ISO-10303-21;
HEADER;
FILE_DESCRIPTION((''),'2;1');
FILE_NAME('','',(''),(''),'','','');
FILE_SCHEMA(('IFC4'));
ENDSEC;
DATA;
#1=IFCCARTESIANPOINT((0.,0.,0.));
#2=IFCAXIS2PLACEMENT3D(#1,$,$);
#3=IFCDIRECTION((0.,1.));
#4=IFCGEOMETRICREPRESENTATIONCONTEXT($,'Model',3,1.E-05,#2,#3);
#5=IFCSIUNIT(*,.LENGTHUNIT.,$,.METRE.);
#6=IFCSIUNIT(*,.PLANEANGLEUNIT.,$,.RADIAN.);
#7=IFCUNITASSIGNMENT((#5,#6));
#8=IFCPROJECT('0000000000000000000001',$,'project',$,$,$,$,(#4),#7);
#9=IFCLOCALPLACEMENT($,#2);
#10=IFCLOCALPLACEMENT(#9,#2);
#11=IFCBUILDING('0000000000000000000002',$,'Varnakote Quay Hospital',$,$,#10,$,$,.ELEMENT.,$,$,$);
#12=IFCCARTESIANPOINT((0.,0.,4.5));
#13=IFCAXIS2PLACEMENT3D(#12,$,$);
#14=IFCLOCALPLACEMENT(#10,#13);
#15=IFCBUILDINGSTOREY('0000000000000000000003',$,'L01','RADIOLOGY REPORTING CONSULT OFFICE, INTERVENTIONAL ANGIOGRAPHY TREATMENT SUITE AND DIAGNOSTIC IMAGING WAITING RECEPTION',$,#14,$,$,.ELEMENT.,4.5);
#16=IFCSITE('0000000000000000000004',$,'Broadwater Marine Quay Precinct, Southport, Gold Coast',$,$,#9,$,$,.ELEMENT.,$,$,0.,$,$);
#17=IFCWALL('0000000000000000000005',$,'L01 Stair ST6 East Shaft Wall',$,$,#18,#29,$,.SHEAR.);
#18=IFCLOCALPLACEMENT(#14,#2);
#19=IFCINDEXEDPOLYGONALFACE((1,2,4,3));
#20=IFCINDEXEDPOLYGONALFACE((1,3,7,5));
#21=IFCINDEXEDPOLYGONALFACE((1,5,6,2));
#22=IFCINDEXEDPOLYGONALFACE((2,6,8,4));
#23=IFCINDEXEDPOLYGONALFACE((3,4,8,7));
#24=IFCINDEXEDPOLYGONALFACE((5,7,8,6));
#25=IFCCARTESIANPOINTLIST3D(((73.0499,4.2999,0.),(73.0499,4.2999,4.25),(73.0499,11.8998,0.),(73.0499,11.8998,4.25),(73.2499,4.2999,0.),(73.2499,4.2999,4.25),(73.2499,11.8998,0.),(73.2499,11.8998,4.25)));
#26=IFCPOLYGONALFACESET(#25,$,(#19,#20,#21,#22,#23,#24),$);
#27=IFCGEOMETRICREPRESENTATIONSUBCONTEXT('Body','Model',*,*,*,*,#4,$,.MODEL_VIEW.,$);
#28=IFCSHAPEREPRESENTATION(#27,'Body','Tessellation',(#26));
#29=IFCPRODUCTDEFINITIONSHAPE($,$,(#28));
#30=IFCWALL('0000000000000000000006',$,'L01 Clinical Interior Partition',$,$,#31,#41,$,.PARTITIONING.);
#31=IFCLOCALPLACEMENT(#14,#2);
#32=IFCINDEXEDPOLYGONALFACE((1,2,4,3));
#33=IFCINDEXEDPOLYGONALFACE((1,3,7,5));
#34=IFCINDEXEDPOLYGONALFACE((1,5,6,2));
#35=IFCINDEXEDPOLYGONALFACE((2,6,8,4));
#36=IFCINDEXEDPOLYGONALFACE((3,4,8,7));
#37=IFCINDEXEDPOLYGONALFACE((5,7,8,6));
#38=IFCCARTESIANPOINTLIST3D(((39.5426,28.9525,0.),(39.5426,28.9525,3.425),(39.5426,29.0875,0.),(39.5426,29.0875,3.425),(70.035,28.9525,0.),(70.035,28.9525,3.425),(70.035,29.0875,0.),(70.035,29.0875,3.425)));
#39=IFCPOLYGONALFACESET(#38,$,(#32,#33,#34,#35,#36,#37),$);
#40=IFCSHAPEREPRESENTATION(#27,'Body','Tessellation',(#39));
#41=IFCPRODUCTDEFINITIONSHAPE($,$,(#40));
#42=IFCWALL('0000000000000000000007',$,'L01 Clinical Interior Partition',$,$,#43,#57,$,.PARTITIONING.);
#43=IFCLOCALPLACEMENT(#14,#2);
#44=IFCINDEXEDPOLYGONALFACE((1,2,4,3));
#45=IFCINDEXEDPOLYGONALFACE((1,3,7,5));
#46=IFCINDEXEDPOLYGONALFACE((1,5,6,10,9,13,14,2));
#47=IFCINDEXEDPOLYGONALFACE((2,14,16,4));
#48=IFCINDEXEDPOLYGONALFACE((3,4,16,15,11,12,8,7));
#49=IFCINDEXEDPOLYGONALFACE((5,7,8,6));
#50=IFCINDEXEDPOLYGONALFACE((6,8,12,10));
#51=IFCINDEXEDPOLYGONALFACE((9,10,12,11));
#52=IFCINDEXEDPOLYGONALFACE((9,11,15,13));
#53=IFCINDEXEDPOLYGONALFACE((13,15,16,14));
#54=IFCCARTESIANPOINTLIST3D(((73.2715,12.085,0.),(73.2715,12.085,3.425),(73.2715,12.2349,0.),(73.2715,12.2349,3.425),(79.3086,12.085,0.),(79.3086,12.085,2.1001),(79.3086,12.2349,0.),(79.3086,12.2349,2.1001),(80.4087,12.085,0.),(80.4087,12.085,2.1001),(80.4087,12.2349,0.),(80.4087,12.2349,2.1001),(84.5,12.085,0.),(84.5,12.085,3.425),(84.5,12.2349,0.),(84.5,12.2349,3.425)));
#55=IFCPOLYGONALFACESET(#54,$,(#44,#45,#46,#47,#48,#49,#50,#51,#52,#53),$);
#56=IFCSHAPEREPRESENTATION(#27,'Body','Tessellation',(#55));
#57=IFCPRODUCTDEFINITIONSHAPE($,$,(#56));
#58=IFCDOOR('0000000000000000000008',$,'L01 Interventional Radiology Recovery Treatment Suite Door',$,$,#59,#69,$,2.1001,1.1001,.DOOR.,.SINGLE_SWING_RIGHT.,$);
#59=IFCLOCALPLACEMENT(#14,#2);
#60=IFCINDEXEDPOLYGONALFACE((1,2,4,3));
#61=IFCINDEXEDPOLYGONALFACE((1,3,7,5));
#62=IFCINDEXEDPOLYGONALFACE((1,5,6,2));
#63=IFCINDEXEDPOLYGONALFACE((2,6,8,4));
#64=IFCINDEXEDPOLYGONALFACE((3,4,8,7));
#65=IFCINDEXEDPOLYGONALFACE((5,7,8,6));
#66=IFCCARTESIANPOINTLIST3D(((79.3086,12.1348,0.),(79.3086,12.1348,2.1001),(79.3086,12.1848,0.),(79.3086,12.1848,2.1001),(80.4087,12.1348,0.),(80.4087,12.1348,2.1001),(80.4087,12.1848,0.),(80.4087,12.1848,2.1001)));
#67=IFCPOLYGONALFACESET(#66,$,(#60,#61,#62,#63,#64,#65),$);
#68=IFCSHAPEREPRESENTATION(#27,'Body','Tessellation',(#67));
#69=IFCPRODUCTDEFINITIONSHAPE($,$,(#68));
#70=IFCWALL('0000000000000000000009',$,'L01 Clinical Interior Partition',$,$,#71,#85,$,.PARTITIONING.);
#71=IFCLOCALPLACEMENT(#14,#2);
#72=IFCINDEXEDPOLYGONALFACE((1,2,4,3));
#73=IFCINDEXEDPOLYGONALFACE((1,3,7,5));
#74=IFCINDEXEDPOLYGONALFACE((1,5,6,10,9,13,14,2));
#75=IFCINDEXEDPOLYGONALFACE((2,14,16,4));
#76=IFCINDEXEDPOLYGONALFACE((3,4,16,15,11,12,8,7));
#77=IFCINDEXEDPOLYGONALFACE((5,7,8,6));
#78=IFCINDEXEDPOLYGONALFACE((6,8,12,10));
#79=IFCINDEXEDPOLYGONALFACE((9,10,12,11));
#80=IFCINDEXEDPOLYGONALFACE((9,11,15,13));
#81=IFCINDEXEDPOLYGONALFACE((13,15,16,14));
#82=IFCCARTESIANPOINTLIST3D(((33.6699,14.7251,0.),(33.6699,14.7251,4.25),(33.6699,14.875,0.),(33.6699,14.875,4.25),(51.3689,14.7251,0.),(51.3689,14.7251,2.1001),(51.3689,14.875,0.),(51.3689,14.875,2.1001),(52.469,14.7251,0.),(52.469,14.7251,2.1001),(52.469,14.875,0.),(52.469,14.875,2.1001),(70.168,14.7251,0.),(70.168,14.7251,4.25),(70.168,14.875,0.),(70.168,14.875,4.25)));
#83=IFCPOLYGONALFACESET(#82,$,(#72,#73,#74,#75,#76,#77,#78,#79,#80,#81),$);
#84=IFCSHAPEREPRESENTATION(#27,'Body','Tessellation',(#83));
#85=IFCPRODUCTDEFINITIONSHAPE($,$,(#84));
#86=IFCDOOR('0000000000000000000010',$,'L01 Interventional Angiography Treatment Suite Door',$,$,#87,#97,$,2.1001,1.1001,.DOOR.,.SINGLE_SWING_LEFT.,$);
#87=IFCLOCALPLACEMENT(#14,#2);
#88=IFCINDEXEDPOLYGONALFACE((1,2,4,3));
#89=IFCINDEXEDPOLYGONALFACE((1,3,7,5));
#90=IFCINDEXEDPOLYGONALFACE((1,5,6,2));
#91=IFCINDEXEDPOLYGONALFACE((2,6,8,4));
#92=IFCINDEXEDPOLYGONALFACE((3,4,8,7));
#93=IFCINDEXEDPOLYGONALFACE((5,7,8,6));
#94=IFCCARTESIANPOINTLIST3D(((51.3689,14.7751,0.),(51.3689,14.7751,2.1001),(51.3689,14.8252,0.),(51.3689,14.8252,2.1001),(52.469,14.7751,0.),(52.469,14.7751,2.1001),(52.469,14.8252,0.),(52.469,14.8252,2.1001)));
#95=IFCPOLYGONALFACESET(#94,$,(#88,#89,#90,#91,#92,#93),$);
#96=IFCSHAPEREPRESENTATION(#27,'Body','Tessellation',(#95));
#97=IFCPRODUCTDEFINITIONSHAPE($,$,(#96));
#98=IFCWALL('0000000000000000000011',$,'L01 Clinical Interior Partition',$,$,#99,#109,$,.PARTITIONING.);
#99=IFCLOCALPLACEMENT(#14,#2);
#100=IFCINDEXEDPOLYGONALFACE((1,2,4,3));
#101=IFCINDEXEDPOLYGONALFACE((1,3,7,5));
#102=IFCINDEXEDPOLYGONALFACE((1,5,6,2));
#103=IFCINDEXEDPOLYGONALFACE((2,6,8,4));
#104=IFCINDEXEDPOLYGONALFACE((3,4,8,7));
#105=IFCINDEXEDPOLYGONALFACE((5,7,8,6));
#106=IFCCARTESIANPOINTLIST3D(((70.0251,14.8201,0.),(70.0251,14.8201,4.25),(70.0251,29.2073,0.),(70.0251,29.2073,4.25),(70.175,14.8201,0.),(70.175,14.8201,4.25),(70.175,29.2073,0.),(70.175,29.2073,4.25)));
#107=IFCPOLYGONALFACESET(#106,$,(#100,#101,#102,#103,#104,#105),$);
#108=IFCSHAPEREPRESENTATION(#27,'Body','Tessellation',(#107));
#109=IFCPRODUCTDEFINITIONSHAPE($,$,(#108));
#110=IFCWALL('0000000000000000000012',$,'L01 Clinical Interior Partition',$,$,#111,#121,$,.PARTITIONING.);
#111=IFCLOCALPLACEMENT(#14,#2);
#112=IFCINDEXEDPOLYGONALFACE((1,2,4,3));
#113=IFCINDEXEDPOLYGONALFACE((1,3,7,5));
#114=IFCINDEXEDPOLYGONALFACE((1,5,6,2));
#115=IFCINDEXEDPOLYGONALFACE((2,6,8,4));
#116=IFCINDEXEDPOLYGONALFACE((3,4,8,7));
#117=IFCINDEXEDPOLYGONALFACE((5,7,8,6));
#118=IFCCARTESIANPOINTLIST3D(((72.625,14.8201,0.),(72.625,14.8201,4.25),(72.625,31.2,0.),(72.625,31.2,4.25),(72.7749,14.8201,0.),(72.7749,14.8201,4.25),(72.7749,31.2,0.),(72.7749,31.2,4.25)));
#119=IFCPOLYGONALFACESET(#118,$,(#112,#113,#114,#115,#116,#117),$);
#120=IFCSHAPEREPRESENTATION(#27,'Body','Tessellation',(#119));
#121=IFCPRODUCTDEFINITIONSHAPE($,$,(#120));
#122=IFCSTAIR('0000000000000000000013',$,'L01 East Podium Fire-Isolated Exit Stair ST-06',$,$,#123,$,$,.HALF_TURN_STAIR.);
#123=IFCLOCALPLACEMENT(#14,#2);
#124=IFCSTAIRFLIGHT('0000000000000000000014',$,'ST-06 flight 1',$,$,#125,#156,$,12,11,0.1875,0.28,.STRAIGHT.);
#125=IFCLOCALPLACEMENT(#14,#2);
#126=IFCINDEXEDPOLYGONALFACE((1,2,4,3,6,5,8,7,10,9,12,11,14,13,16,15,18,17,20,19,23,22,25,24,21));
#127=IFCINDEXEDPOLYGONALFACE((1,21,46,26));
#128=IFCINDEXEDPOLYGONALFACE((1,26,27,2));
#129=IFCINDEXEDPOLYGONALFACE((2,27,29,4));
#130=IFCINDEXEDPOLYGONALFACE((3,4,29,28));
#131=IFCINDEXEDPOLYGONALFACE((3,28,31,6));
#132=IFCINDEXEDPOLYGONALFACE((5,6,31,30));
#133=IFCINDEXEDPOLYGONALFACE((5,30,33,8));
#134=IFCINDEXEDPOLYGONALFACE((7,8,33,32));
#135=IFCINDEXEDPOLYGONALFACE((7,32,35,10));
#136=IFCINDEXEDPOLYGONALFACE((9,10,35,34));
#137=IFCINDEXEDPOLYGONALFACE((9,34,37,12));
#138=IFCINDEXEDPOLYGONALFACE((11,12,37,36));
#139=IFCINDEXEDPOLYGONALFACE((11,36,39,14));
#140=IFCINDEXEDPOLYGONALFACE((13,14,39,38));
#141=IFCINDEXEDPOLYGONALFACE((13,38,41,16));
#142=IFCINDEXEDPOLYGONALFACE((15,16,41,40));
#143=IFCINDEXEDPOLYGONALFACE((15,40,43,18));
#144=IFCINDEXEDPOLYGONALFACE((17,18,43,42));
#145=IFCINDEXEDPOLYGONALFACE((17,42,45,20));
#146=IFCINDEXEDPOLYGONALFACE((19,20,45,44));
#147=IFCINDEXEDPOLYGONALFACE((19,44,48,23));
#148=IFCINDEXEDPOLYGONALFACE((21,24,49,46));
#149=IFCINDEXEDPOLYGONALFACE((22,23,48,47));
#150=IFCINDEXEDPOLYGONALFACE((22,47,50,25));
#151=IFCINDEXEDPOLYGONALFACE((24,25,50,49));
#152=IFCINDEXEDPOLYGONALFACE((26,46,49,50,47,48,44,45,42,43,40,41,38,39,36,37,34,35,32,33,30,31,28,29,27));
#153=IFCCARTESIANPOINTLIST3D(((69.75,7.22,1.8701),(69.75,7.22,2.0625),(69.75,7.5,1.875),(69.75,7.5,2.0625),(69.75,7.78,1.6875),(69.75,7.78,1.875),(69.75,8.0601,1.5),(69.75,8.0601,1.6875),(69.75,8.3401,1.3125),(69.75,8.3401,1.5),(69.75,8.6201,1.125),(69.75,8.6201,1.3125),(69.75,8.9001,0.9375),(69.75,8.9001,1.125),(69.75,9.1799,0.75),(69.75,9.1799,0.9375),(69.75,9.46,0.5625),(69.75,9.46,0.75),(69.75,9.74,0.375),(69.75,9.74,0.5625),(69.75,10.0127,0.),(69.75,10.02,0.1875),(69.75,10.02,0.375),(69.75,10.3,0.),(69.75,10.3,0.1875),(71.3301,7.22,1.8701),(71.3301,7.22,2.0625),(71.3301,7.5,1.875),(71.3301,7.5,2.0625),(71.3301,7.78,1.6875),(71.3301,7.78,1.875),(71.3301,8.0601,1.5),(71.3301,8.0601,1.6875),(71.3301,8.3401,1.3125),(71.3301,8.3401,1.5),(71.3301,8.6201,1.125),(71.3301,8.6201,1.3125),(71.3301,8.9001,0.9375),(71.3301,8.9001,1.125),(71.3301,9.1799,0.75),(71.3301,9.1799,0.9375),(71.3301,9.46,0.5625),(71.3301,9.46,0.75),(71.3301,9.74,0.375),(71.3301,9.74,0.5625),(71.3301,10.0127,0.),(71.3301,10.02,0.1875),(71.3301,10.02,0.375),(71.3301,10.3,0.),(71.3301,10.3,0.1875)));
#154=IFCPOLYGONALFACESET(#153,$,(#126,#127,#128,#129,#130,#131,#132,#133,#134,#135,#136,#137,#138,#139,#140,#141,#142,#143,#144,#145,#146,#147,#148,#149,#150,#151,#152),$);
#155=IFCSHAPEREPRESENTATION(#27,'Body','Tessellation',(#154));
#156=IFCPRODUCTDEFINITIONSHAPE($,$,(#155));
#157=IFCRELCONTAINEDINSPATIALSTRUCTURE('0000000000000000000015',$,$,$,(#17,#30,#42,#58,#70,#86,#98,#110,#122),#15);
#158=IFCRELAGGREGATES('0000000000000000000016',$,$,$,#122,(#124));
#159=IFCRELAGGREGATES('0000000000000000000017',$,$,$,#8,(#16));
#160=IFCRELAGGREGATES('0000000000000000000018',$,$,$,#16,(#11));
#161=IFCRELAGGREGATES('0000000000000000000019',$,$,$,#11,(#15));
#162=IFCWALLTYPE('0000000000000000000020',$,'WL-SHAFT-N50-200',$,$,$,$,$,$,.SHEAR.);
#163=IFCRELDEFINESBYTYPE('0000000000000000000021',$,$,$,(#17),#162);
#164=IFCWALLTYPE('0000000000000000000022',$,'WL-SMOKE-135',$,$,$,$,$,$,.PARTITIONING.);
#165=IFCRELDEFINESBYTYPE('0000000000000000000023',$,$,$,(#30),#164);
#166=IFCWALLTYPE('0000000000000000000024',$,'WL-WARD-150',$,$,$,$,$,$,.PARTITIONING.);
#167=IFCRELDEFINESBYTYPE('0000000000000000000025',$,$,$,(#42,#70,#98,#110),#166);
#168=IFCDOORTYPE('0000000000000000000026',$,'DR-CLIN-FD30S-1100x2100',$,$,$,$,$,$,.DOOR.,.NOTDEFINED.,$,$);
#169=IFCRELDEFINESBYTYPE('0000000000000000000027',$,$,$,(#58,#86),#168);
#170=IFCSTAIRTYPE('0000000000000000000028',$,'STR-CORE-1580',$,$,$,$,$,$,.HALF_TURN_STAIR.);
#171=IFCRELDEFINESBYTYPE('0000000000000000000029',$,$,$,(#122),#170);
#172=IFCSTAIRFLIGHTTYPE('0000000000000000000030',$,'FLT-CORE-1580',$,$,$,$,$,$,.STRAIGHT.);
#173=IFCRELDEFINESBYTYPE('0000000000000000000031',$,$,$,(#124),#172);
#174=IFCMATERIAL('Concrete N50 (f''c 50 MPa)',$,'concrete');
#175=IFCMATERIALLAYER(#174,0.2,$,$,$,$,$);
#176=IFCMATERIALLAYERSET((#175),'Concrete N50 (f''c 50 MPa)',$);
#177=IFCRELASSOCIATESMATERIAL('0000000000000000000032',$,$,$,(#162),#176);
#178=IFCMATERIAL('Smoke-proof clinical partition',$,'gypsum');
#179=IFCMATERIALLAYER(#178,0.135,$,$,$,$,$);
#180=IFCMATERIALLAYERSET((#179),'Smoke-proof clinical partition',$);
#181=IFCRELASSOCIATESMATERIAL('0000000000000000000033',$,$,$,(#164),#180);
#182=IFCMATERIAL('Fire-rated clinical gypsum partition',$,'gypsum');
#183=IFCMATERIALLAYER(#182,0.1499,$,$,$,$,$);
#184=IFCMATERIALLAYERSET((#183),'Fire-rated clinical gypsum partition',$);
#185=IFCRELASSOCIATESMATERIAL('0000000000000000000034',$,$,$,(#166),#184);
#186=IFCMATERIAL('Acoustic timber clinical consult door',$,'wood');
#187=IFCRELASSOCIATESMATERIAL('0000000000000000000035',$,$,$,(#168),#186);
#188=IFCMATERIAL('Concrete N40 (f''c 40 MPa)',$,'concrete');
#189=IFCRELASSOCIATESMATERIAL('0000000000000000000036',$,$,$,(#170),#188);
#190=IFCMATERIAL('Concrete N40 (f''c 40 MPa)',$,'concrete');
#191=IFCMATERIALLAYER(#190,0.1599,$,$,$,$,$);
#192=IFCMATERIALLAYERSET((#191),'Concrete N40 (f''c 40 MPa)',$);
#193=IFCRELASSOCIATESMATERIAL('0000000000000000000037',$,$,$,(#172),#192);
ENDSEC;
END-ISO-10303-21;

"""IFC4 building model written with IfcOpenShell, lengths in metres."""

from ifc_helpers import new_model, si_unit, direction, frame, frame_2d, origin, place, context, subcontext, project, spatial, polyline, rectangle, outline, extrude, material, layer, layer_set, type_object, element, fill, aggregate, save


model = new_model("IFC4")

# Units and contexts
model_context = context("Model", 3, precision=1e-05, world=origin(), true_north=direction((0.0, 1.0)))
body_context = subcontext(model_context, "Body", "Model", "MODEL_VIEW")
ifc_project = project(units=[si_unit("LENGTHUNIT", "METRE"), si_unit("PLANEANGLEUNIT", "RADIAN")], contexts=[model_context])

# Site, building, storey
site_placement = place(None, origin())
site = spatial("IfcSite", under=ifc_project, at=site_placement, Name="Broadwater Marine Quay Precinct, Southport, Gold Coast", CompositionType="ELEMENT", RefElevation=0.0)
building_placement = place(site_placement, origin())
building = spatial("IfcBuilding", under=site, at=building_placement, Name="Varnakote Quay Hospital", CompositionType="ELEMENT")
storey_placement = place(building_placement, frame((0.0, 0.0, 4.5)))
storey = spatial("IfcBuildingStorey", under=building, at=storey_placement, Name="L01", Description="RADIOLOGY REPORTING CONSULT OFFICE, INTERVENTIONAL ANGIOGRAPHY TREATMENT SUITE AND DIAGNOSTIC IMAGING WAITING RECEPTION", CompositionType="ELEMENT", Elevation=4.5)

# Wall
ifc_material_1 = material(Name="Concrete N50 (f'c 50 MPa)", Category="concrete")
ifc_layer_1 = layer(ifc_material_1, 0.2)
ifc_layer_set_1 = layer_set([ifc_layer_1], Name="Concrete N50 (f'c 50 MPa)")
wall_type_1 = type_object("IfcWallType", Name="WL-SHAFT-N50-200", PredefinedType="SHEAR", material=ifc_layer_set_1)
for number, where, z_axis, x_axis, name in (
    (1, (73.1499, 4.3, 0.0), (0.0, 0.0, 1.0), (0.0, 1.0, 0.0), "L01 Stair ST6 East Shaft Wall"),
):
    element("IfcWall", number, at=place(storey_placement, frame(where, z_axis=z_axis, x_axis=x_axis)), inside=storey, type_object=wall_type_1, Name=name, PredefinedType="SHEAR", context=body_context, shape_type="SweptSolid", body=[
        extrude(rectangle(XDim=7.5999, YDim=0.2, at=frame_2d((3.7998, 0.0))), origin(), (0.0, 0.0, 1.0), 4.25),
    ])

# Wall
ifc_material_2 = material(Name="Smoke-proof clinical partition", Category="gypsum")
ifc_layer_2 = layer(ifc_material_2, 0.135)
ifc_layer_set_2 = layer_set([ifc_layer_2], Name="Smoke-proof clinical partition")
wall_type_2 = type_object("IfcWallType", Name="WL-SMOKE-135", PredefinedType="PARTITIONING", material=ifc_layer_set_2)
wall_1_placement = place(storey_placement, frame((70.0349, 29.02, 0.0), z_axis=(0.0, 0.0, 1.0), x_axis=(-1.0, 0.0, 0.0)))
element("IfcWall", 2, at=wall_1_placement, inside=storey, type_object=wall_type_2, Name="L01 Clinical Interior Partition", PredefinedType="PARTITIONING", context=body_context, shape_type="SweptSolid", body=[
    extrude(rectangle(XDim=30.4924, YDim=0.135, at=frame_2d((15.2461, 0.0))), origin(), (0.0, 0.0, 1.0), 3.425),
])

# Walls, openings, doors
ifc_material_3 = material(Name="Fire-rated clinical gypsum partition", Category="gypsum")
ifc_layer_3 = layer(ifc_material_3, 0.1499)
ifc_layer_set_3 = layer_set([ifc_layer_3], Name="Fire-rated clinical gypsum partition")
wall_type_3 = type_object("IfcWallType", Name="WL-WARD-150", PredefinedType="PARTITIONING", material=ifc_layer_set_3)
wall_2_placement = place(storey_placement, frame((73.2715, 12.1599, 0.0), z_axis=(0.0, 0.0, 1.0), x_axis=(1.0, 0.0, 0.0)))
wall_2 = element("IfcWall", 3, at=wall_2_placement, inside=storey, type_object=wall_type_3, Name="L01 Clinical Interior Partition", PredefinedType="PARTITIONING", context=body_context, shape_type="SweptSolid", body=[
    extrude(rectangle(XDim=11.2285, YDim=0.1499, at=frame_2d((5.6143, 0.0))), origin(), (0.0, 0.0, 1.0), 3.425),
])
opening_1_placement = place(wall_2_placement, frame((6.0371, 0.0, 0.0)))
opening_1 = element("IfcOpeningElement", 4, at=opening_1_placement, cuts=wall_2, PredefinedType="OPENING", context=body_context, shape_type="SweptSolid", body=[
    extrude(rectangle(XDim=1.1001, YDim=2.1001, at=frame_2d((0.55, 1.05))), frame((0.0, 0.085, 0.0), z_axis=(0.0, -1.0, 0.0), x_axis=(1.0, 0.0, 0.0)), (0.0, 0.0, 1.0), 0.1699),
])
ifc_material_4 = material(Name="Acoustic timber clinical consult door", Category="wood")
door_type_1 = type_object("IfcDoorType", Name="DR-CLIN-FD30S-1100x2100", OperationType="NOTDEFINED", PredefinedType="DOOR", material=ifc_material_4)
door_1_placement = place(opening_1_placement, origin())
door_1 = element("IfcDoor", 5, at=door_1_placement, inside=storey, type_object=door_type_1, Name="L01 Interventional Radiology Recovery Treatment Suite Door", OperationType="SINGLE_SWING_RIGHT", OverallHeight=2.1001, OverallWidth=1.1001, PredefinedType="DOOR", context=body_context, shape_type="SweptSolid", body=[
    extrude(rectangle(XDim=1.1001, YDim=2.1001, at=frame_2d((0.55, 1.05))), frame((0.0, 0.0249, 0.0), z_axis=(0.0, -1.0, 0.0), x_axis=(1.0, 0.0, 0.0)), (0.0, 0.0, 1.0), 0.05),
])
fill(opening_1, door_1)
wall_3_placement = place(storey_placement, frame((70.168, 14.8, 0.0), z_axis=(0.0, 0.0, 1.0), x_axis=(-1.0, 0.0, 0.0)))
wall_3 = element("IfcWall", 6, at=wall_3_placement, inside=storey, type_object=wall_type_3, Name="L01 Clinical Interior Partition", PredefinedType="PARTITIONING", context=body_context, shape_type="SweptSolid", body=[
    extrude(rectangle(XDim=36.498, YDim=0.1499, at=frame_2d((18.249, 0.0))), origin(), (0.0, 0.0, 1.0), 4.25),
])
opening_2_placement = place(wall_3_placement, frame((17.699, 0.0, 0.0)))
opening_2 = element("IfcOpeningElement", 7, at=opening_2_placement, cuts=wall_3, PredefinedType="OPENING", context=body_context, shape_type="SweptSolid", body=[
    extrude(rectangle(XDim=1.1001, YDim=2.1001, at=frame_2d((0.55, 1.05))), frame((0.0, 0.085, 0.0), z_axis=(0.0, -1.0, 0.0), x_axis=(1.0, 0.0, 0.0)), (0.0, 0.0, 1.0), 0.1699),
])
door_2_placement = place(opening_2_placement, origin())
door_2 = element("IfcDoor", 8, at=door_2_placement, inside=storey, type_object=door_type_1, Name="L01 Interventional Angiography Treatment Suite Door", OperationType="SINGLE_SWING_LEFT", OverallHeight=2.1001, OverallWidth=1.1001, PredefinedType="DOOR", context=body_context, shape_type="SweptSolid", body=[
    extrude(rectangle(XDim=1.1001, YDim=2.1001, at=frame_2d((0.55, 1.05))), frame((0.0, 0.0249, 0.0), z_axis=(0.0, -1.0, 0.0), x_axis=(1.0, 0.0, 0.0)), (0.0, 0.0, 1.0), 0.05),
])
fill(opening_2, door_2)

# Walls
wall_4_placement = place(storey_placement, frame((70.1001, 29.2073, 0.0), z_axis=(0.0, 0.0, 1.0), x_axis=(0.0, -1.0, 0.0)))
element("IfcWall", 9, at=wall_4_placement, inside=storey, type_object=wall_type_3, Name="L01 Clinical Interior Partition", PredefinedType="PARTITIONING", context=body_context, shape_type="SweptSolid", body=[
    extrude(rectangle(XDim=14.3872, YDim=0.1499, at=frame_2d((7.1936, 0.0))), origin(), (0.0, 0.0, 1.0), 4.25),
])
wall_5_placement = place(storey_placement, frame((72.7, 14.8201, 0.0), z_axis=(0.0, 0.0, 1.0), x_axis=(0.0, 1.0, 0.0)))
element("IfcWall", 10, at=wall_5_placement, inside=storey, type_object=wall_type_3, Name="L01 Clinical Interior Partition", PredefinedType="PARTITIONING", context=body_context, shape_type="SweptSolid", body=[
    extrude(rectangle(XDim=16.3799, YDim=0.1499, at=frame_2d((8.1899, 0.0))), origin(), (0.0, 0.0, 1.0), 4.25),
])

# Stair, stair flight
ifc_material_5 = material(Name="Concrete N40 (f'c 40 MPa)", Category="concrete")
stair_type = type_object("IfcStairType", Name="STR-CORE-1580", PredefinedType="HALF_TURN_STAIR", material=ifc_material_5)
stair_placement = place(storey_placement, origin())
stair = element("IfcStair", 11, at=stair_placement, inside=storey, type_object=stair_type, Name="L01 East Podium Fire-Isolated Exit Stair ST-06", PredefinedType="HALF_TURN_STAIR")
ifc_material_6 = material(Name="Concrete N40 (f'c 40 MPa)", Category="concrete")
ifc_layer_4 = layer(ifc_material_6, 0.1599)
ifc_layer_set_4 = layer_set([ifc_layer_4], Name="Concrete N40 (f'c 40 MPa)")
stair_flight_type = type_object("IfcStairFlightType", Name="FLT-CORE-1580", PredefinedType="STRAIGHT", material=ifc_layer_set_4)
stair_flight_1_placement = place(storey_placement, frame((70.54, 10.3, 0.0), z_axis=(0.0, 0.0, 1.0), x_axis=(0.0, -1.0, 0.0)))
stair_flight_1 = element("IfcStairFlight", 12, at=stair_flight_1_placement, type_object=stair_flight_type, Name="ST-06 flight 1", NumberOfRisers=12, NumberOfTreads=11, PredefinedType="STRAIGHT", RiserHeight=0.1875, TreadLength=0.28, context=body_context, shape_type="SweptSolid", body=[
    extrude(outline(polyline([(0.0, 0.0), (0.0, 0.1875), (0.28, 0.1875), (0.28, 0.375), (0.5601, 0.375), (0.5601, 0.5625), (0.8401, 0.5625), (0.8401, 0.75), (1.1201, 0.75), (1.1201, 0.9375), (1.3999, 0.9375), (1.3999, 1.125), (1.6799, 1.125), (1.6799, 1.3125), (1.96, 1.3125), (1.96, 1.5), (2.24, 1.5), (2.24, 1.6875), (2.52, 1.6875), (2.52, 1.875), (2.8, 1.875), (2.8, 2.0625), (3.0801, 2.0625), (3.0801, 2.25), (3.0801, 1.8701), (0.2874, 0.0), (0.0, 0.0)])), frame((0.0, 0.79, 0.0), z_axis=(0.0, -1.0, 0.0), x_axis=(1.0, 0.0, 0.0)), (0.0, 0.0, 1.0), 1.5801),
])
aggregate(stair, [stair_flight_1])

save(model, "model.ifc")
